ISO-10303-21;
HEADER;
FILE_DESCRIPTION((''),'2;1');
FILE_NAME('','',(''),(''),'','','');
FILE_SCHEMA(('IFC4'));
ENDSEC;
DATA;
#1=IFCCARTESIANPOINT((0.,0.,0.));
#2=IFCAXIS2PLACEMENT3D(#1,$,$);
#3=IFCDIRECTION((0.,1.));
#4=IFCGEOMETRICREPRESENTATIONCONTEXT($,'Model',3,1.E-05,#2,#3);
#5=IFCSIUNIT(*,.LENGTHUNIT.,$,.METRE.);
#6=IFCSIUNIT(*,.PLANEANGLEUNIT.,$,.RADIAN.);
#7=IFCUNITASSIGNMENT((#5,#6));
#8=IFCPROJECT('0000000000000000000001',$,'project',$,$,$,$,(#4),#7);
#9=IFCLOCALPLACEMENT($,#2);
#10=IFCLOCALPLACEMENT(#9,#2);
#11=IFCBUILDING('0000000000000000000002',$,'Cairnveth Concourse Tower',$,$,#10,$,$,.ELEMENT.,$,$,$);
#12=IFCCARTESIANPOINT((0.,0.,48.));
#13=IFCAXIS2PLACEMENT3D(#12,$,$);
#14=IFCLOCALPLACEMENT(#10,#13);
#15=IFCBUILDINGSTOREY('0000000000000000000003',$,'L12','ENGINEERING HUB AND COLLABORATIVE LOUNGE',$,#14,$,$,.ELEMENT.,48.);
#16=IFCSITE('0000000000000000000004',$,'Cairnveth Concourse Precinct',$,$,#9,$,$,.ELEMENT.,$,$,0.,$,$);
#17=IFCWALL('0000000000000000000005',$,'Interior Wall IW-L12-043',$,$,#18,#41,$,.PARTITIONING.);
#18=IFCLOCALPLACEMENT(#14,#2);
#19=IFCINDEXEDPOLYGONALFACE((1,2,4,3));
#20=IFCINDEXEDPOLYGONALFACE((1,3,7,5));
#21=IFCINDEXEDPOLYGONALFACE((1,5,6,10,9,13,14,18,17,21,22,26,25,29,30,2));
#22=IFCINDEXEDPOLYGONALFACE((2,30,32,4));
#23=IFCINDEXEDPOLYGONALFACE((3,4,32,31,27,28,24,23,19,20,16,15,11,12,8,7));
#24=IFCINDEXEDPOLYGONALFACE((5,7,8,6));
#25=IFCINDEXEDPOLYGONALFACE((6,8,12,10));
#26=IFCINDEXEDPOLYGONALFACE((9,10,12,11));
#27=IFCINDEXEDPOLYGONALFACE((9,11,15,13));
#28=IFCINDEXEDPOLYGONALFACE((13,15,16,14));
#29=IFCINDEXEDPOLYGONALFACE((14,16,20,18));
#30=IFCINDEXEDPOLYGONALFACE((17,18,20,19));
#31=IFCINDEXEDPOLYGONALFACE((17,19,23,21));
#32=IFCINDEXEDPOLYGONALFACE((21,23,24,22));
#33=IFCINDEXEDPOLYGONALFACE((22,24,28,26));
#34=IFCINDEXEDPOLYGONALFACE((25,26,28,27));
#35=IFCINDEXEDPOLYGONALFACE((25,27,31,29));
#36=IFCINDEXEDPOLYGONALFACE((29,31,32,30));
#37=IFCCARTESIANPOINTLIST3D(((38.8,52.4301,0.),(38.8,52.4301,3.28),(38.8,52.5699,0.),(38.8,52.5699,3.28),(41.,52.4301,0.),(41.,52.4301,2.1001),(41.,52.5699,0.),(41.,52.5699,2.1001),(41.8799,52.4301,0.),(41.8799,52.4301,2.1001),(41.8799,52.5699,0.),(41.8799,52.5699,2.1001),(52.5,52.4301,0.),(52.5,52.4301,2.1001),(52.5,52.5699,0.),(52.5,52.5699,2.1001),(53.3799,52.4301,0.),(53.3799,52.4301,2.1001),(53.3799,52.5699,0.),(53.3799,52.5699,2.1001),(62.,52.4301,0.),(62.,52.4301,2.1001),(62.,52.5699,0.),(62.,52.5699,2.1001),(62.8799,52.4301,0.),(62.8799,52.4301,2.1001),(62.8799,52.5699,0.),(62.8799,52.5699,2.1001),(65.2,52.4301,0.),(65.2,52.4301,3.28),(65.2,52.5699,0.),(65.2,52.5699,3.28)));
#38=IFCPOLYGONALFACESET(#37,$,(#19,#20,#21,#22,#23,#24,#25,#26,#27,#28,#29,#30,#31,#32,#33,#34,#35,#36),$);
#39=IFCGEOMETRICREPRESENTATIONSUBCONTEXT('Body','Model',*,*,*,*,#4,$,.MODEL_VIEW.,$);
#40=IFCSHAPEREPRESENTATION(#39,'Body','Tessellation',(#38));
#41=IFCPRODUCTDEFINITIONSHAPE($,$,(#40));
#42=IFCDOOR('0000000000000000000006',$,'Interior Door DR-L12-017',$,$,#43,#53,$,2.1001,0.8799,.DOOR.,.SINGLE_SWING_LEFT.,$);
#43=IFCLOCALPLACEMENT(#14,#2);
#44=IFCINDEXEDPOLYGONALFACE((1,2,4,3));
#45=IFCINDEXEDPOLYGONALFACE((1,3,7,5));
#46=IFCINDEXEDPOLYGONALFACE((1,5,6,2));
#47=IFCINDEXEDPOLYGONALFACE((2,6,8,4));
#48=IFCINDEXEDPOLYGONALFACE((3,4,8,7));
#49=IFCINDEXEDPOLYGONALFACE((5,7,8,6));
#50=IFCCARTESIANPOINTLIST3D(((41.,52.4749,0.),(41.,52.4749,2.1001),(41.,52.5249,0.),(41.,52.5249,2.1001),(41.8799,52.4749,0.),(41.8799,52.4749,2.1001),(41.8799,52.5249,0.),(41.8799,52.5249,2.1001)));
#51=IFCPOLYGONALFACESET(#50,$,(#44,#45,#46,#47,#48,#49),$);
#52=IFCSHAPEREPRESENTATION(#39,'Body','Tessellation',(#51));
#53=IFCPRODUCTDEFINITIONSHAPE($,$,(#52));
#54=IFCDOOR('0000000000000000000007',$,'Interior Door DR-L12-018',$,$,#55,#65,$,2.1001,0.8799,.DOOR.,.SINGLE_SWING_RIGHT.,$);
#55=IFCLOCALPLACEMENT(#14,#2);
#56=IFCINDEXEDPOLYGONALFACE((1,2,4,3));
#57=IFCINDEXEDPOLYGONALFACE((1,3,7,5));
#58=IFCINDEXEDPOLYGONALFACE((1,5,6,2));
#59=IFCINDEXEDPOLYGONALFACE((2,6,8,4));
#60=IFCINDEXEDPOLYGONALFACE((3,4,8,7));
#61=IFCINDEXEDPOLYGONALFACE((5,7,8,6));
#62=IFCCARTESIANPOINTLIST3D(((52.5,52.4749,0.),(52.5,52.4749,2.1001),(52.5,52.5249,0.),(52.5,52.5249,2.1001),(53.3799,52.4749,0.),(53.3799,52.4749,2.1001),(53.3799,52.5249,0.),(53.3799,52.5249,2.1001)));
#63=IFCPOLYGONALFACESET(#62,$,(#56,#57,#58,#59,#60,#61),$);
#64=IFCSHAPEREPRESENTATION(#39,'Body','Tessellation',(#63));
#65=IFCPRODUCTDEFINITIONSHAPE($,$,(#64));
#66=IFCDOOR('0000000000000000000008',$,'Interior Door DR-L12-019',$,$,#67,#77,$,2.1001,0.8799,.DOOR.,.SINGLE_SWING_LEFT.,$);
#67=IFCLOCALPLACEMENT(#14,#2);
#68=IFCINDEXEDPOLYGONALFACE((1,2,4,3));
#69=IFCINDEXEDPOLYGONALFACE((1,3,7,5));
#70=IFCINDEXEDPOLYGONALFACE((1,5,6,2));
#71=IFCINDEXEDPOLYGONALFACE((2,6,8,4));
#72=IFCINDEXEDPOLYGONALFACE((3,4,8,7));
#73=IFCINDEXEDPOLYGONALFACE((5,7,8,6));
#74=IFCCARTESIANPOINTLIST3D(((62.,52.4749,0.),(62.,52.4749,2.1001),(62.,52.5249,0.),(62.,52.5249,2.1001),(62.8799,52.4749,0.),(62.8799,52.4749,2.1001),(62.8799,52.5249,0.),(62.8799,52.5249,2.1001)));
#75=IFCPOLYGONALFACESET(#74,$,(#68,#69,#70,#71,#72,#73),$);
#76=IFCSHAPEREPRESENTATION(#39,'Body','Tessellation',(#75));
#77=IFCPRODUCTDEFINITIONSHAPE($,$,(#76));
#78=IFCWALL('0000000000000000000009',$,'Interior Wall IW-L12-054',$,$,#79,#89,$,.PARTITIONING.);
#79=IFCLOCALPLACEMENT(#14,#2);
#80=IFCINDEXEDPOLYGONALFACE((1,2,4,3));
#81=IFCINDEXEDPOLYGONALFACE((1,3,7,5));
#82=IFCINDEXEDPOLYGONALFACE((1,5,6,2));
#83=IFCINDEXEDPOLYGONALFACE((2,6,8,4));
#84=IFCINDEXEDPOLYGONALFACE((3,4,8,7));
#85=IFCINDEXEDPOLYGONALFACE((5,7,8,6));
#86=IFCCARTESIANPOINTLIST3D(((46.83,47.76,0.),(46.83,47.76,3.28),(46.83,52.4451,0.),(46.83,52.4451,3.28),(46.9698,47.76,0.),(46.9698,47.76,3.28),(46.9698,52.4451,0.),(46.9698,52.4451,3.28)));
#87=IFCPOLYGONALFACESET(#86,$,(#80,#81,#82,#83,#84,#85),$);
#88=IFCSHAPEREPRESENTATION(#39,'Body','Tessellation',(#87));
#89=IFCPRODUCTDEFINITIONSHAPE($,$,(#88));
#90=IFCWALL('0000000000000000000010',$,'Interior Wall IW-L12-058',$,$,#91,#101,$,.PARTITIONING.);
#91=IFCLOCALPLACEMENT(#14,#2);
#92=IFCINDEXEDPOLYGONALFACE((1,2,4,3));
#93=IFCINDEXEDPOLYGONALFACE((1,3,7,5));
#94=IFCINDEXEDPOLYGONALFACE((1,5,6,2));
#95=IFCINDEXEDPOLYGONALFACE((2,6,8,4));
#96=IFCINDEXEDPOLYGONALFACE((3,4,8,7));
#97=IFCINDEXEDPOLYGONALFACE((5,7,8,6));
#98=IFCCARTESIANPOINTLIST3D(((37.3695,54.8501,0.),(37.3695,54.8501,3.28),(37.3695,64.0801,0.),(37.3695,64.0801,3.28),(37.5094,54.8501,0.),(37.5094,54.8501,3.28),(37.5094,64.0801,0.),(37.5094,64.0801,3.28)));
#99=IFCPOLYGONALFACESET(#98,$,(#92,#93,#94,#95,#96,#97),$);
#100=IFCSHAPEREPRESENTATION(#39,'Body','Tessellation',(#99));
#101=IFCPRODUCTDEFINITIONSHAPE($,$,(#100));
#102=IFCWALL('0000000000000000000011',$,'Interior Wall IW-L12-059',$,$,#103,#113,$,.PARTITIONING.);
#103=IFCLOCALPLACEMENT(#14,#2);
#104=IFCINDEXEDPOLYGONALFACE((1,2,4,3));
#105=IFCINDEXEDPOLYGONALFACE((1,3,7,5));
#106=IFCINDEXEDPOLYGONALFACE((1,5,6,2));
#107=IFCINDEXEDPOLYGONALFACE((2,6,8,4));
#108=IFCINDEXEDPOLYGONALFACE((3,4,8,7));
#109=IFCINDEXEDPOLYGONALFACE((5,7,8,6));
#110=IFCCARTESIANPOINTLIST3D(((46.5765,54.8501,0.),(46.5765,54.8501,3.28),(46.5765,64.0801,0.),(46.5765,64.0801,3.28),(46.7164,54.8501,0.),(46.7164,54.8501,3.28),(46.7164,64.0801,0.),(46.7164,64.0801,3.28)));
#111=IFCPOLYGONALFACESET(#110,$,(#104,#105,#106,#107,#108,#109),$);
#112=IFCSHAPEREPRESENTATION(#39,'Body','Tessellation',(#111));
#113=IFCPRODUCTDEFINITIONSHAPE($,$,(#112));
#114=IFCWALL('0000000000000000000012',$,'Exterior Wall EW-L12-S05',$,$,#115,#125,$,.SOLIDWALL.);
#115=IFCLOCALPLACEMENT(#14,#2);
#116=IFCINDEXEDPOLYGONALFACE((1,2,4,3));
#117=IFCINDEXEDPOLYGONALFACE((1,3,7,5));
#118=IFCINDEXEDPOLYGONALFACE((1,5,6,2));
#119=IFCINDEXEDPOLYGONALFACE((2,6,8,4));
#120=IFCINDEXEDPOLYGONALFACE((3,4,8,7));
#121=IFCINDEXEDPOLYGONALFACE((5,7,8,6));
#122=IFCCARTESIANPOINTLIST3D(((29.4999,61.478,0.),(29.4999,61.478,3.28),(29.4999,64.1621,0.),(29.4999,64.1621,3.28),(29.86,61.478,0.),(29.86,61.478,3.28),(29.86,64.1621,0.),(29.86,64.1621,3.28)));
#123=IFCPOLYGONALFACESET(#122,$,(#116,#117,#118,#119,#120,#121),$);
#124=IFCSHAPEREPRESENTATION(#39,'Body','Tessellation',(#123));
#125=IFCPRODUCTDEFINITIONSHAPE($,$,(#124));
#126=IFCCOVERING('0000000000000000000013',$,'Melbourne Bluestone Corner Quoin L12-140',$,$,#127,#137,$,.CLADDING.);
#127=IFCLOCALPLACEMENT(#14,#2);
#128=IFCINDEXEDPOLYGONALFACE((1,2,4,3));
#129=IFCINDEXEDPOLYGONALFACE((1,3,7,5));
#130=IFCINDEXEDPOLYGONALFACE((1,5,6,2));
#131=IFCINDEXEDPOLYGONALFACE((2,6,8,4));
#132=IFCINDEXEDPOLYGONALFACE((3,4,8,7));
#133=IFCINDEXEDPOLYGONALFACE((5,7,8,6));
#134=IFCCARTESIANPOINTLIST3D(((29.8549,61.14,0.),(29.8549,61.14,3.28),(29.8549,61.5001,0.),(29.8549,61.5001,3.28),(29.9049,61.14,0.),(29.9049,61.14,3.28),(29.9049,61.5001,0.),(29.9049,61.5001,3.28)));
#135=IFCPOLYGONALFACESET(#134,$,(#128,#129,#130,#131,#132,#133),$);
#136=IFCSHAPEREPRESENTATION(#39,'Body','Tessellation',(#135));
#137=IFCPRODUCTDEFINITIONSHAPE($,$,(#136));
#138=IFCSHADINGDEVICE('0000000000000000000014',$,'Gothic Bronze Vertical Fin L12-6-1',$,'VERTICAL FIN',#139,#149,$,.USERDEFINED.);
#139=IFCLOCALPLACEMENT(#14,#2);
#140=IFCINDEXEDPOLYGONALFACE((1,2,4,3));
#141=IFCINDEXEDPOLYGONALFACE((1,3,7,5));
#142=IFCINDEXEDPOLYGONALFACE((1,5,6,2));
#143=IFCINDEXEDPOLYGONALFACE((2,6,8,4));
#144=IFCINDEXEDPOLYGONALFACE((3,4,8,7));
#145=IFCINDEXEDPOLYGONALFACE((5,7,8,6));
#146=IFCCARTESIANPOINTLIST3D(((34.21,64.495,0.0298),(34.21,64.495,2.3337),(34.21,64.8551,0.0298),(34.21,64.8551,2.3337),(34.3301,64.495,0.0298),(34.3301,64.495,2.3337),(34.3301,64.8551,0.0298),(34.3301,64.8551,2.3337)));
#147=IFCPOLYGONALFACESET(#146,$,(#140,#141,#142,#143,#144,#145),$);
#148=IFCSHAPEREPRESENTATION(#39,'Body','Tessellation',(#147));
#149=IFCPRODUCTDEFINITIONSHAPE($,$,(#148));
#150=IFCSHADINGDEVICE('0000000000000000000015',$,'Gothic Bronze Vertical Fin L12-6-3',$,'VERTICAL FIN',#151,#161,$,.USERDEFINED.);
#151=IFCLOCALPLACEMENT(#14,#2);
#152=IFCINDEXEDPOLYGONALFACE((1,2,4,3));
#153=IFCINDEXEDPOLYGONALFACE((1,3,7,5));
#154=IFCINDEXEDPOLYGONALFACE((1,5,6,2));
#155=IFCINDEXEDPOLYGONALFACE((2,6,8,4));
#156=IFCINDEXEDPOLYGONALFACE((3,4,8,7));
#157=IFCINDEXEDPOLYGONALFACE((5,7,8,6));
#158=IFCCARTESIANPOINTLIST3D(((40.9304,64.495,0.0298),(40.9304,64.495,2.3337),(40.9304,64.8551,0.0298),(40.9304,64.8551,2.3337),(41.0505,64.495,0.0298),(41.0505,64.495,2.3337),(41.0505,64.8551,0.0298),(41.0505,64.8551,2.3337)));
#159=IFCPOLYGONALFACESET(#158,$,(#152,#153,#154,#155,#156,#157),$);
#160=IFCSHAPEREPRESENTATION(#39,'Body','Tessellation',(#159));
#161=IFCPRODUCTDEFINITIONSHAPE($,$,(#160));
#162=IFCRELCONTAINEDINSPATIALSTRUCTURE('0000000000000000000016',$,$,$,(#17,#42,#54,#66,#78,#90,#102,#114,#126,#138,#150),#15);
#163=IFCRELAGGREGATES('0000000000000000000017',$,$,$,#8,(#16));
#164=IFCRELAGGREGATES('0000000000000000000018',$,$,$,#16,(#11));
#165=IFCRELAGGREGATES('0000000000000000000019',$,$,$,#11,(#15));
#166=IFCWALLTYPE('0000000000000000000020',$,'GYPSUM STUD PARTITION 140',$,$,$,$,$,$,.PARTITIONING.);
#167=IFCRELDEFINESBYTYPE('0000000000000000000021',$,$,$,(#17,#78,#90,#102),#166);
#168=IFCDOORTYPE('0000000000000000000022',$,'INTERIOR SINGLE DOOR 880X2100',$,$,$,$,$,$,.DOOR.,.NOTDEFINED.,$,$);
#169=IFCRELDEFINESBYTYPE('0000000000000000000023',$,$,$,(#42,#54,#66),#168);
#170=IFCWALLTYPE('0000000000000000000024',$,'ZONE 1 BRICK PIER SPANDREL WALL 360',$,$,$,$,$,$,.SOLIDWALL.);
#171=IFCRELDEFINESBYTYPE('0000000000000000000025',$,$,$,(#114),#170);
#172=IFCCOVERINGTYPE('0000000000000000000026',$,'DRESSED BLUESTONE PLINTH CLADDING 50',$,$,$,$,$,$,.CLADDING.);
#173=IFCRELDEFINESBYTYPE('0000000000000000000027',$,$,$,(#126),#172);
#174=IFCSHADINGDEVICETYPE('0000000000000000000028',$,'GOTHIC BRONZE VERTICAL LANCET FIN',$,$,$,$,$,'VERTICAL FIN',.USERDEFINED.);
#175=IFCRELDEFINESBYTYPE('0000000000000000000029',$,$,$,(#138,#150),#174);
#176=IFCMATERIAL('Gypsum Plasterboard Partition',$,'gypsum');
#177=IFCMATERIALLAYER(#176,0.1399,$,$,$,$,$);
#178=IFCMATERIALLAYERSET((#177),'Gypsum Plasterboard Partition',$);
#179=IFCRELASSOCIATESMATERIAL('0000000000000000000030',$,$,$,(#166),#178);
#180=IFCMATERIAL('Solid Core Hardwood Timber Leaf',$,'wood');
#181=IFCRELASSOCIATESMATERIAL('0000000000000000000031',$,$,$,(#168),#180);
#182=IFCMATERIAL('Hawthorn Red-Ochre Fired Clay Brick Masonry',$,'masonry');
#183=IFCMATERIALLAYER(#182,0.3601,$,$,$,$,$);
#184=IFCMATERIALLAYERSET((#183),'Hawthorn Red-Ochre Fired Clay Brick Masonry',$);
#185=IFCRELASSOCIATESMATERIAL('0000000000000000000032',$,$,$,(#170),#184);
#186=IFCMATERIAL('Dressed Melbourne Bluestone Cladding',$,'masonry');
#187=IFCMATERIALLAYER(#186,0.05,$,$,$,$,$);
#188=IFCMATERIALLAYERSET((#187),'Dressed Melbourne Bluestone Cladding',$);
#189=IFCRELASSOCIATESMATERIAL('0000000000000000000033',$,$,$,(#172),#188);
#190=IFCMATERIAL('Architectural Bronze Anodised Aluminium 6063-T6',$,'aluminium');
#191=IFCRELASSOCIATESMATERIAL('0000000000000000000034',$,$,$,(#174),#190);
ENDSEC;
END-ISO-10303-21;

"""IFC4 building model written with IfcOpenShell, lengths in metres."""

from ifc_helpers import new_model, si_unit, direction, frame, frame_2d, origin, origin_2d, place, context, subcontext, project, spatial, rectangle, extrude, material, layer, layer_set, type_object, element, fill, save


model = new_model("IFC4")

# Units and contexts
model_context = context("Model", 3, precision=1e-05, world=origin(), true_north=direction((0.0, 1.0)))
body_context = subcontext(model_context, "Body", "Model", "MODEL_VIEW")
ifc_project = project(units=[si_unit("LENGTHUNIT", "METRE"), si_unit("PLANEANGLEUNIT", "RADIAN")], contexts=[model_context])

# Site, building, storey
site_placement = place(None, origin())
site = spatial("IfcSite", under=ifc_project, at=site_placement, Name="Cairnveth Concourse Precinct", CompositionType="ELEMENT", RefElevation=0.0)
building_placement = place(site_placement, origin())
building = spatial("IfcBuilding", under=site, at=building_placement, Name="Cairnveth Concourse Tower", CompositionType="ELEMENT")
storey_placement = place(building_placement, frame((0.0, 0.0, 48.0)))
storey = spatial("IfcBuildingStorey", under=building, at=storey_placement, Name="L12", Description="ENGINEERING HUB AND COLLABORATIVE LOUNGE", CompositionType="ELEMENT", Elevation=48.0)

# Wall, openings, doors
ifc_material_1 = material(Name="Gypsum Plasterboard Partition", Category="gypsum")
ifc_layer_1 = layer(ifc_material_1, 0.1399)
ifc_layer_set_1 = layer_set([ifc_layer_1], Name="Gypsum Plasterboard Partition")
wall_type_1 = type_object("IfcWallType", Name="GYPSUM STUD PARTITION 140", PredefinedType="PARTITIONING", material=ifc_layer_set_1)
ifc_material_2 = material(Name="Solid Core Hardwood Timber Leaf", Category="wood")
wall_1_placement = place(storey_placement, frame((38.8, 52.5, 0.0), z_axis=(0.0, 0.0, 1.0), x_axis=(1.0, 0.0, 0.0)))
wall_1 = element("IfcWall", 1, at=wall_1_placement, inside=storey, type_object=wall_type_1, Name="Interior Wall IW-L12-043", PredefinedType="PARTITIONING", context=body_context, shape_type="SweptSolid", body=[
    extrude(rectangle(XDim=26.3999, YDim=0.1399, at=frame_2d((13.2, 0.0))), origin(), (0.0, 0.0, 1.0), 3.28),
])
opening_1_placement = place(wall_1_placement, frame((2.2, 0.0, 0.0)))
opening_1 = element("IfcOpeningElement", 2, at=opening_1_placement, cuts=wall_1, PredefinedType="OPENING", context=body_context, shape_type="SweptSolid", body=[
    extrude(rectangle(XDim=0.8799, YDim=2.1001, at=frame_2d((0.4399, 1.05))), frame((0.0, 0.0798, 0.0), z_axis=(0.0, -1.0, 0.0), x_axis=(1.0, 0.0, 0.0)), (0.0, 0.0, 1.0), 0.1599),
])
opening_2_placement = place(wall_1_placement, frame((13.7, 0.0, 0.0)))
opening_2 = element("IfcOpeningElement", 3, at=opening_2_placement, cuts=wall_1, PredefinedType="OPENING", context=body_context, shape_type="SweptSolid", body=[
    extrude(rectangle(XDim=0.8799, YDim=2.1001, at=frame_2d((0.4399, 1.05))), frame((0.0, 0.0798, 0.0), z_axis=(0.0, -1.0, 0.0), x_axis=(1.0, 0.0, 0.0)), (0.0, 0.0, 1.0), 0.1599),
])
opening_3_placement = place(wall_1_placement, frame((23.2, 0.0, 0.0)))
opening_3 = element("IfcOpeningElement", 4, at=opening_3_placement, cuts=wall_1, PredefinedType="OPENING", context=body_context, shape_type="SweptSolid", body=[
    extrude(rectangle(XDim=0.8799, YDim=2.1001, at=frame_2d((0.4399, 1.05))), frame((0.0, 0.0798, 0.0), z_axis=(0.0, -1.0, 0.0), x_axis=(1.0, 0.0, 0.0)), (0.0, 0.0, 1.0), 0.1599),
])
door_type_1 = type_object("IfcDoorType", Name="INTERIOR SINGLE DOOR 880X2100", OperationType="NOTDEFINED", PredefinedType="DOOR", material=ifc_material_2)
door_1_placement = place(opening_1_placement, origin())
door_1 = element("IfcDoor", 5, at=door_1_placement, inside=storey, type_object=door_type_1, Name="Interior Door DR-L12-017", OperationType="SINGLE_SWING_LEFT", OverallHeight=2.1001, OverallWidth=0.8799, PredefinedType="DOOR", context=body_context, shape_type="SweptSolid", body=[
    extrude(rectangle(XDim=0.8799, YDim=2.1001, at=frame_2d((0.4399, 1.05))), frame((0.0, 0.0249, 0.0), z_axis=(0.0, -1.0, 0.0), x_axis=(1.0, 0.0, 0.0)), (0.0, 0.0, 1.0), 0.05),
])
fill(opening_1, door_1)
door_2_placement = place(opening_2_placement, origin())
door_2 = element("IfcDoor", 6, at=door_2_placement, inside=storey, type_object=door_type_1, Name="Interior Door DR-L12-018", OperationType="SINGLE_SWING_RIGHT", OverallHeight=2.1001, OverallWidth=0.8799, PredefinedType="DOOR", context=body_context, shape_type="SweptSolid", body=[
    extrude(rectangle(XDim=0.8799, YDim=2.1001, at=frame_2d((0.4399, 1.05))), frame((0.0, 0.0249, 0.0), z_axis=(0.0, -1.0, 0.0), x_axis=(1.0, 0.0, 0.0)), (0.0, 0.0, 1.0), 0.05),
])
fill(opening_2, door_2)
door_3_placement = place(opening_3_placement, origin())
door_3 = element("IfcDoor", 7, at=door_3_placement, inside=storey, type_object=door_type_1, Name="Interior Door DR-L12-019", OperationType="SINGLE_SWING_LEFT", OverallHeight=2.1001, OverallWidth=0.8799, PredefinedType="DOOR", context=body_context, shape_type="SweptSolid", body=[
    extrude(rectangle(XDim=0.8799, YDim=2.1001, at=frame_2d((0.4399, 1.05))), frame((0.0, 0.0249, 0.0), z_axis=(0.0, -1.0, 0.0), x_axis=(1.0, 0.0, 0.0)), (0.0, 0.0, 1.0), 0.05),
])
fill(opening_3, door_3)

# Walls
wall_2_placement = place(storey_placement, frame((46.8999, 47.76, 0.0), z_axis=(0.0, 0.0, 1.0), x_axis=(0.0, 1.0, 0.0)))
element("IfcWall", 8, at=wall_2_placement, inside=storey, type_object=wall_type_1, Name="Interior Wall IW-L12-054", PredefinedType="PARTITIONING", context=body_context, shape_type="SweptSolid", body=[
    extrude(rectangle(XDim=4.6851, YDim=0.1399, at=frame_2d((2.3425, 0.0))), origin(), (0.0, 0.0, 1.0), 3.28),
])
for number, where, z_axis, x_axis, name in (
    (9, (37.4395, 54.8501, 0.0), (0.0, 0.0, 1.0), (0.0, 1.0, 0.0), "Interior Wall IW-L12-058"),
    (10, (46.6465, 54.8501, 0.0), (0.0, 0.0, 1.0), (0.0, 1.0, 0.0), "Interior Wall IW-L12-059"),
):
    element("IfcWall", number, at=place(storey_placement, frame(where, z_axis=z_axis, x_axis=x_axis)), inside=storey, type_object=wall_type_1, Name=name, PredefinedType="PARTITIONING", context=body_context, shape_type="SweptSolid", body=[
        extrude(rectangle(XDim=9.23, YDim=0.1399, at=frame_2d((4.615, 0.0))), origin(), (0.0, 0.0, 1.0), 3.28),
    ])
ifc_material_3 = material(Name="Hawthorn Red-Ochre Fired Clay Brick Masonry", Category="masonry")
ifc_layer_2 = layer(ifc_material_3, 0.3601)
ifc_layer_set_2 = layer_set([ifc_layer_2], Name="Hawthorn Red-Ochre Fired Clay Brick Masonry")
wall_type_2 = type_object("IfcWallType", Name="ZONE 1 BRICK PIER SPANDREL WALL 360", PredefinedType="SOLIDWALL", material=ifc_layer_set_2)
wall_3_placement = place(storey_placement, frame((29.6799, 61.478, 0.0), z_axis=(0.0, 0.0, 1.0), x_axis=(0.0, 1.0, 0.0)))
element("IfcWall", 11, at=wall_3_placement, inside=storey, type_object=wall_type_2, Name="Exterior Wall EW-L12-S05", PredefinedType="SOLIDWALL", context=body_context, shape_type="SweptSolid", body=[
    extrude(rectangle(XDim=2.6841, YDim=0.3601, at=frame_2d((1.342, 0.0))), origin(), (0.0, 0.0, 1.0), 3.28),
])

# Covering
ifc_material_4 = material(Name="Dressed Melbourne Bluestone Cladding", Category="masonry")
ifc_layer_3 = layer(ifc_material_4, 0.05)
ifc_layer_set_3 = layer_set([ifc_layer_3], Name="Dressed Melbourne Bluestone Cladding")
covering_type = type_object("IfcCoveringType", Name="DRESSED BLUESTONE PLINTH CLADDING 50", PredefinedType="CLADDING", material=ifc_layer_set_3)
covering_placement = place(storey_placement, frame((29.8799, 61.1399, 0.0), z_axis=(0.0, 0.0, 1.0), x_axis=(0.0, 1.0, 0.0)))
element("IfcCovering", 12, at=covering_placement, inside=storey, type_object=covering_type, Name="Melbourne Bluestone Corner Quoin L12-140", PredefinedType="CLADDING", context=body_context, shape_type="SweptSolid", body=[
    extrude(rectangle(XDim=0.3601, YDim=0.05, at=frame_2d((0.1802, 0.0))), origin(), (0.0, 0.0, 1.0), 3.28),
])

# Shading devices
ifc_material_5 = material(Name="Architectural Bronze Anodised Aluminium 6063-T6", Category="aluminium")
shading_device_type = type_object("IfcShadingDeviceType", Name="GOTHIC BRONZE VERTICAL LANCET FIN", ElementType="VERTICAL FIN", PredefinedType="USERDEFINED", material=ifc_material_5)
for number, where, z_axis, x_axis, name in (
    (13, (34.27, 64.675, 0.0298), (0.0, 0.0, 1.0), (1.0, 0.0, 0.0), "Gothic Bronze Vertical Fin L12-6-1"),
    (14, (40.9905, 64.675, 0.0298), (0.0, 0.0, 1.0), (1.0, 0.0, 0.0), "Gothic Bronze Vertical Fin L12-6-3"),
):
    element("IfcShadingDevice", number, at=place(storey_placement, frame(where, z_axis=z_axis, x_axis=x_axis)), inside=storey, type_object=shading_device_type, Name=name, ObjectType="VERTICAL FIN", PredefinedType="USERDEFINED", context=body_context, shape_type="SweptSolid", body=[
        extrude(rectangle(XDim=0.1201, YDim=0.3601, at=origin_2d()), origin(), (0.0, 0.0, 1.0), 2.304),
    ])

save(model, "model.ifc")
